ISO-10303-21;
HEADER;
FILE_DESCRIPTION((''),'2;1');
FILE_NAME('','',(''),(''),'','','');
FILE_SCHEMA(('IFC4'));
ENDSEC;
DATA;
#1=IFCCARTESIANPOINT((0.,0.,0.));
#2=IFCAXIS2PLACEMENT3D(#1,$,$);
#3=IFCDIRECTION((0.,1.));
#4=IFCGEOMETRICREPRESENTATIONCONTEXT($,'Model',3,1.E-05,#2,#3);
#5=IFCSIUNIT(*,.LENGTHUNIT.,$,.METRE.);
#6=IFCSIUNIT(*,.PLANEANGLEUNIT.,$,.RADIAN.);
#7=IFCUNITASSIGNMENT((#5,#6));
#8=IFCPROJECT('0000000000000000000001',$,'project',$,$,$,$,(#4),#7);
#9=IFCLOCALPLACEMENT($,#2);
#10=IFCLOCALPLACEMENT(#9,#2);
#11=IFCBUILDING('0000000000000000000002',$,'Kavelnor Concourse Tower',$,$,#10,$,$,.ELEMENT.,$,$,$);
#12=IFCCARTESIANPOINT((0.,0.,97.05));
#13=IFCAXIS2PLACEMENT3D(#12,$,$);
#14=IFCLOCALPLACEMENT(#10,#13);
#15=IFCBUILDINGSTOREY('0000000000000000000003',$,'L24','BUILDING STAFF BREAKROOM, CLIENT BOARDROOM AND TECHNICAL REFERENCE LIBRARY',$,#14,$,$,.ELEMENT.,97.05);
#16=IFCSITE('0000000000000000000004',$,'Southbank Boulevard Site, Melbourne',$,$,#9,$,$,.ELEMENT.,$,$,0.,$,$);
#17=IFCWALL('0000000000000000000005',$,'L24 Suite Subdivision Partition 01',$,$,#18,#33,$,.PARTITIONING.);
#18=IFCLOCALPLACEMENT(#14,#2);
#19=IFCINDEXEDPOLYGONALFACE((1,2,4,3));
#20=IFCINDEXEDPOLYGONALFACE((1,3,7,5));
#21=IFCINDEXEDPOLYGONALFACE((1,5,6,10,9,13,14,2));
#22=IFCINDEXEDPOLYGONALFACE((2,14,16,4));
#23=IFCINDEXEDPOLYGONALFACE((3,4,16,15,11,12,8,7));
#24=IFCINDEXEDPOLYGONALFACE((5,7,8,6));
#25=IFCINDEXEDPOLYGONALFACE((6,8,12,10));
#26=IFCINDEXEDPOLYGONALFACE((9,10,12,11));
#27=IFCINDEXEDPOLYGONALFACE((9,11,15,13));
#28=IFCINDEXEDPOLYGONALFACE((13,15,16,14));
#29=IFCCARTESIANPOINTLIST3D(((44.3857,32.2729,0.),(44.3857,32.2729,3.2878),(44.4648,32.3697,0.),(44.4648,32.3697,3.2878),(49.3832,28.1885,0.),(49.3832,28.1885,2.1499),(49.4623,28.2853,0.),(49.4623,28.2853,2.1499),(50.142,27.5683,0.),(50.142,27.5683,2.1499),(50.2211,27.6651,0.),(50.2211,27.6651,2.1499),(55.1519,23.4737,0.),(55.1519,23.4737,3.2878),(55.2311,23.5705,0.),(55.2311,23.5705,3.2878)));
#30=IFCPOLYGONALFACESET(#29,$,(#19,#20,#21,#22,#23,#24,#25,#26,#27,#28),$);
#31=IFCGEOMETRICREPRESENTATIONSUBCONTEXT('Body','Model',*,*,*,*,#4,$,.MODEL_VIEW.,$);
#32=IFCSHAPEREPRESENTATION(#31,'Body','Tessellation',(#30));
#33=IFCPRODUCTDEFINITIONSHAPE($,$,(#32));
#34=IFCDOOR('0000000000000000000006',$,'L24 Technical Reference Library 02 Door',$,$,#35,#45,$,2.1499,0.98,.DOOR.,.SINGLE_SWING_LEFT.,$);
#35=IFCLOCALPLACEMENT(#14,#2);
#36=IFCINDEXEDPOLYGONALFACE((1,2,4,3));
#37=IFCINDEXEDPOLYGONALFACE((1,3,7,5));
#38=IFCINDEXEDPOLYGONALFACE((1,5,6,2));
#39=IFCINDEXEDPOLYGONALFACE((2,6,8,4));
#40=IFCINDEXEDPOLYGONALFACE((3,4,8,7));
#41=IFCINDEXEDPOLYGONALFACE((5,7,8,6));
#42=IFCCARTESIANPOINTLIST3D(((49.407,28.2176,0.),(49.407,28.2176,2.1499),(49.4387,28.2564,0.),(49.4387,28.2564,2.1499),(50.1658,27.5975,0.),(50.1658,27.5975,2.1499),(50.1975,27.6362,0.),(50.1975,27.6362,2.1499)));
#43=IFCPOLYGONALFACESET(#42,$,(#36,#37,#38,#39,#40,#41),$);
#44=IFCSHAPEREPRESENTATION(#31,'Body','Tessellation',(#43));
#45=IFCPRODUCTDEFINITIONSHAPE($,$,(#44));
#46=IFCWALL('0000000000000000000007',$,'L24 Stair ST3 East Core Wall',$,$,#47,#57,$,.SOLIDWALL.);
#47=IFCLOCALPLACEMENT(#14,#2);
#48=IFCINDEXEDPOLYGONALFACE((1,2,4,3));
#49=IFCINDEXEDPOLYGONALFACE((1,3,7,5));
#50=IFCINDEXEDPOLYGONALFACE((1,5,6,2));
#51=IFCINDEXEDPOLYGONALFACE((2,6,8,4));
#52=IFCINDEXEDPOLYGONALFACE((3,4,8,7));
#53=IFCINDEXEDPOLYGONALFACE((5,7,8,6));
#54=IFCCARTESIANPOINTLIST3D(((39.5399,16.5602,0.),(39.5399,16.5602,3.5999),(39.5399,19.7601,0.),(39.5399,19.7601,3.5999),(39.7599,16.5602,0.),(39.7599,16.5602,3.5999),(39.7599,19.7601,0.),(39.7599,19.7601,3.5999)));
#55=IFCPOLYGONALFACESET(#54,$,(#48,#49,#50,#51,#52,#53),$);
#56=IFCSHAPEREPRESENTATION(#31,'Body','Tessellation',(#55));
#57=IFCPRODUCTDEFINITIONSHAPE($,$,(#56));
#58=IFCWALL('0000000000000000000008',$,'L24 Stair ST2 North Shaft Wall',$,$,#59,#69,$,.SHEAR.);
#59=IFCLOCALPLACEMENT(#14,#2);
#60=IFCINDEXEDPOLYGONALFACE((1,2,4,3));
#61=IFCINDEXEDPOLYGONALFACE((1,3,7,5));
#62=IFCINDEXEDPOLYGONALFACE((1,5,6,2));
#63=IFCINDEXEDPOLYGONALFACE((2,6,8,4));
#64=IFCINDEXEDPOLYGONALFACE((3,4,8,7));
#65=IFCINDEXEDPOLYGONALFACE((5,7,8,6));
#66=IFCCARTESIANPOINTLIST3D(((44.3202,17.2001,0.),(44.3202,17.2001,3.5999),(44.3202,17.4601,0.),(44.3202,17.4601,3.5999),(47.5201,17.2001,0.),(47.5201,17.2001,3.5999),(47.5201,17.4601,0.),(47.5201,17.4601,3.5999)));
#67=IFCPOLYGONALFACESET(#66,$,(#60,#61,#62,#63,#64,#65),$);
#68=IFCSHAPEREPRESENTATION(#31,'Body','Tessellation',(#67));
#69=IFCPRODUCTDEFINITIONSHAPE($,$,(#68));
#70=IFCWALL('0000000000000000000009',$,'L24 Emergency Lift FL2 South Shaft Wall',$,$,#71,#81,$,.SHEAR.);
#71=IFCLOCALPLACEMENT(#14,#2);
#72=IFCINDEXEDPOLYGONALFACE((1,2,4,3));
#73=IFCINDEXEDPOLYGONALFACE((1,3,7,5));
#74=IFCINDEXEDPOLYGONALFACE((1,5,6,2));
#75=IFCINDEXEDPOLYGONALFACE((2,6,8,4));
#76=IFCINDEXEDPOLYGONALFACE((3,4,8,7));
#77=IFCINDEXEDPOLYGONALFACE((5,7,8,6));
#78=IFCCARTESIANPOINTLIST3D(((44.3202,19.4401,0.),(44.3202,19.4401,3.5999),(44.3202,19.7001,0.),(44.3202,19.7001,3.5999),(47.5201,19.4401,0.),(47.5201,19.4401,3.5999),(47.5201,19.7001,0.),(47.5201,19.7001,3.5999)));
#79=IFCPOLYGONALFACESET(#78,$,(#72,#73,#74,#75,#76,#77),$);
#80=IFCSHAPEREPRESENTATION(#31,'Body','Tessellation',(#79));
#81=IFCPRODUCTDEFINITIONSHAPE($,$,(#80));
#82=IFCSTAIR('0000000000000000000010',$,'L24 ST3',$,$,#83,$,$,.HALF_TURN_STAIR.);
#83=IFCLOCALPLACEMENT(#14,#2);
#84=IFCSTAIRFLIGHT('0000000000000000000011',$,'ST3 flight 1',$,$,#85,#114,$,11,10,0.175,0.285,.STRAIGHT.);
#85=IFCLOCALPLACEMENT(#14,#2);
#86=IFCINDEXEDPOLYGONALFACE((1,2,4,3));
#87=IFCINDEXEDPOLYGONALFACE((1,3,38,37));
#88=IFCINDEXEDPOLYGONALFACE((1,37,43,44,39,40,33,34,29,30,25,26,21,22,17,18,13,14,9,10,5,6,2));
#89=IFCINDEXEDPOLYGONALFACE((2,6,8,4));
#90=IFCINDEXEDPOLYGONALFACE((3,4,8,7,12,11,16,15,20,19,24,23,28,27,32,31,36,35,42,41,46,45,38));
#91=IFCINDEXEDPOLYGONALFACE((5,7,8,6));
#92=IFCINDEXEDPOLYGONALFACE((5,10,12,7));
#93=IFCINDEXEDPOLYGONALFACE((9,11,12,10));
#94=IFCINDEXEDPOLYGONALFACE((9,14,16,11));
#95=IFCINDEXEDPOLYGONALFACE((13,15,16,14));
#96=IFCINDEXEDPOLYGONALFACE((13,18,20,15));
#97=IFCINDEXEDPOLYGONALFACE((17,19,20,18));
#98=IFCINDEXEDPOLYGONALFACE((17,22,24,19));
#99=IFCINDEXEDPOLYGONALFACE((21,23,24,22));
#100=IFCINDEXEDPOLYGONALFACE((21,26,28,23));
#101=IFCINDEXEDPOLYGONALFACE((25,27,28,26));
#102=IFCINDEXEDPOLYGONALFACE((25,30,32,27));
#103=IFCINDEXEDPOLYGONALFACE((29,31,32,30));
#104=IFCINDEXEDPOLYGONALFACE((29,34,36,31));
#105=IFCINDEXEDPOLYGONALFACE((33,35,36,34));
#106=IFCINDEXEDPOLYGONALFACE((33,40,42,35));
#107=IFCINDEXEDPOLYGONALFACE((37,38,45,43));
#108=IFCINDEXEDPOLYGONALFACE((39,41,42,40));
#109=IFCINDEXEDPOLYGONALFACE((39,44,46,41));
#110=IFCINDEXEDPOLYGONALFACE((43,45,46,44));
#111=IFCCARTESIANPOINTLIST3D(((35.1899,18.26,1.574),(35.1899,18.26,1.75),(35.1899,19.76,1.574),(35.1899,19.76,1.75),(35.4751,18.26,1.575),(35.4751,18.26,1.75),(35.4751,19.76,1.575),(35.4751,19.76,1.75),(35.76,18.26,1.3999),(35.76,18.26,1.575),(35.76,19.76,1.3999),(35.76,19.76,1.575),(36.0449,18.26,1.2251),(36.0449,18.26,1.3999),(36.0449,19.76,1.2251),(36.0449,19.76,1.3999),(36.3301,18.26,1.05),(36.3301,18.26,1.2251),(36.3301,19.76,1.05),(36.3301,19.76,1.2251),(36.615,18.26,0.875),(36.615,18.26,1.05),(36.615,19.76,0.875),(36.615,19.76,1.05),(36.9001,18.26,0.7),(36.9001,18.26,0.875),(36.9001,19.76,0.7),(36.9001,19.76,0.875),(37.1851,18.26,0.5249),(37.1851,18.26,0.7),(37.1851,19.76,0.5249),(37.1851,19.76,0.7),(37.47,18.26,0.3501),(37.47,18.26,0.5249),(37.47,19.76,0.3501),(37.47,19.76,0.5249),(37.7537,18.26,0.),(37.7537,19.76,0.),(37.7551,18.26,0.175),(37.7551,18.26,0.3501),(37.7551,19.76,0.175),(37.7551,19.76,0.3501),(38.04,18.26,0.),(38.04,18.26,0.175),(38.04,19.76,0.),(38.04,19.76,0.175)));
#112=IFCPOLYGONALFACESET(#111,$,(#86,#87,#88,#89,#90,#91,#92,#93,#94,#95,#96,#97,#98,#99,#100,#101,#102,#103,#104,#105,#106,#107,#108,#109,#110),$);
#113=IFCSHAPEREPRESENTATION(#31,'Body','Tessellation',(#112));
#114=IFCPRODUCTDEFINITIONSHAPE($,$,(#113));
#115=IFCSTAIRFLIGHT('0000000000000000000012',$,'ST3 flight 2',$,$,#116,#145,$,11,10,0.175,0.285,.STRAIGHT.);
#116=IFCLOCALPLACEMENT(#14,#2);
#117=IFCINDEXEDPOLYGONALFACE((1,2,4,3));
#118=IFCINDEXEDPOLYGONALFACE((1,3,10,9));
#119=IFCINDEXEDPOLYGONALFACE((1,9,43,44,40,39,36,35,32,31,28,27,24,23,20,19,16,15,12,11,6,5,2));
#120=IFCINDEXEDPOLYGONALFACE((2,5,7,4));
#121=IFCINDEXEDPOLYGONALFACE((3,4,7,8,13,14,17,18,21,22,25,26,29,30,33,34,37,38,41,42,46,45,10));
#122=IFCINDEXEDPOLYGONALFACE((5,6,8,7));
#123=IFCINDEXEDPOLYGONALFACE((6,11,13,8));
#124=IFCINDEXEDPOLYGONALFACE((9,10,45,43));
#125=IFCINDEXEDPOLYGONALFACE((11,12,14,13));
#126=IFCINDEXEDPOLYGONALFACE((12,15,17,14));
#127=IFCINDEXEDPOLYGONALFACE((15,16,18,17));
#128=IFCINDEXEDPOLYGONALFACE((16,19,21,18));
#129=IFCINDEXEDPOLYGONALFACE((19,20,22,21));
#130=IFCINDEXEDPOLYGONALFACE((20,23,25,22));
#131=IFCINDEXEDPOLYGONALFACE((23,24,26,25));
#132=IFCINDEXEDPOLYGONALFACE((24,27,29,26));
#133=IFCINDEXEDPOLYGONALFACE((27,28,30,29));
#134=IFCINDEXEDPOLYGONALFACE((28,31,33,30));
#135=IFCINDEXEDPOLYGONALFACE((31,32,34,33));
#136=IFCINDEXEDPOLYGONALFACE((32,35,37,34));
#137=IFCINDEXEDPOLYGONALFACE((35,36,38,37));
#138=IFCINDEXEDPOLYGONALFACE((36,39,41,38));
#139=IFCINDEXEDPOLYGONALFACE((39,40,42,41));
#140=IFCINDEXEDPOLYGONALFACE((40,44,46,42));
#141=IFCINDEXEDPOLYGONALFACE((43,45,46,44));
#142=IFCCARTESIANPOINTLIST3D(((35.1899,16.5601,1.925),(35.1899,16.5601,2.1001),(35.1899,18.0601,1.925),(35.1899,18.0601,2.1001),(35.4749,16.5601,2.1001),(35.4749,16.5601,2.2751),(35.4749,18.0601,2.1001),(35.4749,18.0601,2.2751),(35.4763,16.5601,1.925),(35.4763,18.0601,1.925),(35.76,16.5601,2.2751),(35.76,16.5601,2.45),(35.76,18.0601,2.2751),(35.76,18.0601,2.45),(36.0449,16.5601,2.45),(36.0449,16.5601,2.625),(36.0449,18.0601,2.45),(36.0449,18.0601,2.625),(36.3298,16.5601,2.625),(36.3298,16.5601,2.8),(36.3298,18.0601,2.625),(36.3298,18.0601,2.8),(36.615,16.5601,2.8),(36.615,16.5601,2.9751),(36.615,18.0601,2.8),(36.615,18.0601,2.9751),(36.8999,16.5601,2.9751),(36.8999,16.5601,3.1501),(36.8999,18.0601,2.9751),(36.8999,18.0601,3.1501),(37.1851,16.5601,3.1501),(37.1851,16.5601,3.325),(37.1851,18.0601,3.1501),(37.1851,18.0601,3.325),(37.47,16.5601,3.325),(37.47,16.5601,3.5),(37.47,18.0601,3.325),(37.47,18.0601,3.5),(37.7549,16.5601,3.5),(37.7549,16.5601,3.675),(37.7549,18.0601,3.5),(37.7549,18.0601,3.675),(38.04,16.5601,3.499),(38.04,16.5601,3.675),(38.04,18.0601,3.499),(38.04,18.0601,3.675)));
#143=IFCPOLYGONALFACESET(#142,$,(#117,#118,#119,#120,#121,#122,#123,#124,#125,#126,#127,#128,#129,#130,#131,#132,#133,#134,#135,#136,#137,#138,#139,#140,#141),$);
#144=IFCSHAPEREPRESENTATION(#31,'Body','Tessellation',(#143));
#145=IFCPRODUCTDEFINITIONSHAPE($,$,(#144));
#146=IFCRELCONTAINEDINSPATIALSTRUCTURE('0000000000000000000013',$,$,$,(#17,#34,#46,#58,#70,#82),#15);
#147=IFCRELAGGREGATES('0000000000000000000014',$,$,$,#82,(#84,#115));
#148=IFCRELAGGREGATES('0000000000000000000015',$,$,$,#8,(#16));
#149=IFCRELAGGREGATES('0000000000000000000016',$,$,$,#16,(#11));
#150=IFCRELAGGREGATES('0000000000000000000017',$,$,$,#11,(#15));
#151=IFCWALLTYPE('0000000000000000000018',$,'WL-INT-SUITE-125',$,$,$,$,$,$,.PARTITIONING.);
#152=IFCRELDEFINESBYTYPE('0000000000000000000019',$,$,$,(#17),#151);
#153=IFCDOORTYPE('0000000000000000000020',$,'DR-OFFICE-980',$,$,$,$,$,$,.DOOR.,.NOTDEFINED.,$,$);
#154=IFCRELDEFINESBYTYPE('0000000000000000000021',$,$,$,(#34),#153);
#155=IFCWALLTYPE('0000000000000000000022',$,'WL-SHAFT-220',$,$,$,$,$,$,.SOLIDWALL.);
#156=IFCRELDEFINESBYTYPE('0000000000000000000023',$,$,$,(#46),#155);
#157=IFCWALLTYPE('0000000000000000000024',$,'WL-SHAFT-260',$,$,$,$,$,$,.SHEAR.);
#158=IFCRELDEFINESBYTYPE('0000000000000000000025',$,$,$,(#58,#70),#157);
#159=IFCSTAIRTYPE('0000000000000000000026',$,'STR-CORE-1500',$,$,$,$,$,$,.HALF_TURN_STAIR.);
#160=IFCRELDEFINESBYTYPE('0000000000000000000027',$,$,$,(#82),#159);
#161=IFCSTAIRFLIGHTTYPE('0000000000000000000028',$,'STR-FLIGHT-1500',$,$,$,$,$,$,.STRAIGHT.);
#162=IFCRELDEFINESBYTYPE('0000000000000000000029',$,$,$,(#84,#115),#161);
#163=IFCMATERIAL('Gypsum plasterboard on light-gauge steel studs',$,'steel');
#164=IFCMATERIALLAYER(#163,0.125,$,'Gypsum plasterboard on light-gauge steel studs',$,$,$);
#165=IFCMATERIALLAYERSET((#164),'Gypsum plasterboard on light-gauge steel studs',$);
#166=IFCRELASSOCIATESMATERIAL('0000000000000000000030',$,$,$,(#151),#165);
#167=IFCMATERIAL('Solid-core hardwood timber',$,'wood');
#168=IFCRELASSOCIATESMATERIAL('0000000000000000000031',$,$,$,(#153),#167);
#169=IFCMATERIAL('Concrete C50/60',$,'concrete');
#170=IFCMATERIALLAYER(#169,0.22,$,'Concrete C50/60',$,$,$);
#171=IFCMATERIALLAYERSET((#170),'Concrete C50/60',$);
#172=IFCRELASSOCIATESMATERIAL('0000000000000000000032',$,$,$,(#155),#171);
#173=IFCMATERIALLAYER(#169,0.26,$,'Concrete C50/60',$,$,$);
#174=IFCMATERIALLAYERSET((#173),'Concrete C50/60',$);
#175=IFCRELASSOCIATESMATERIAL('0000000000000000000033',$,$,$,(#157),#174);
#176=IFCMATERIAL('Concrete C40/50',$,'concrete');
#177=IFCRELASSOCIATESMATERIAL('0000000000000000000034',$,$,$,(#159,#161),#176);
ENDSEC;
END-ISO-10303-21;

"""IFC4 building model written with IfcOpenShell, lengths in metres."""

from ifc_helpers import new_model, si_unit, direction, frame, frame_2d, origin, place, context, subcontext, project, spatial, polyline, rectangle, outline, extrude, material, layer, layer_set, type_object, element, fill, aggregate, save


model = new_model("IFC4")

# Units and contexts
model_context = context("Model", 3, precision=1e-05, world=origin(), true_north=direction((0.0, 1.0)))
body_context = subcontext(model_context, "Body", "Model", "MODEL_VIEW")
ifc_project = project(units=[si_unit("LENGTHUNIT", "METRE"), si_unit("PLANEANGLEUNIT", "RADIAN")], contexts=[model_context])

# Site, building, storey
site_placement = place(None, origin())
site = spatial("IfcSite", under=ifc_project, at=site_placement, Name="Southbank Boulevard Site, Melbourne", CompositionType="ELEMENT", RefElevation=0.0)
building_placement = place(site_placement, origin())
building = spatial("IfcBuilding", under=site, at=building_placement, Name="Kavelnor Concourse Tower", CompositionType="ELEMENT")
storey_placement = place(building_placement, frame((0.0, 0.0, 97.05)))
storey = spatial("IfcBuildingStorey", under=building, at=storey_placement, Name="L24", Description="BUILDING STAFF BREAKROOM, CLIENT BOARDROOM AND TECHNICAL REFERENCE LIBRARY", CompositionType="ELEMENT", Elevation=97.05)

# Shared definitions
ifc_material_1 = material(Name="Gypsum plasterboard on light-gauge steel studs", Category="steel")
ifc_layer_1 = layer(ifc_material_1, 0.125, Name="Gypsum plasterboard on light-gauge steel studs")
ifc_layer_set_1 = layer_set([ifc_layer_1], Name="Gypsum plasterboard on light-gauge steel studs")
wall_type_1 = type_object("IfcWallType", Name="WL-INT-SUITE-125", PredefinedType="PARTITIONING", material=ifc_layer_set_1)

# Wall, opening, door
wall_1_placement = place(storey_placement, frame((55.1914, 23.5222, 0.0), z_axis=(0.0, 0.0, 1.0), x_axis=(-0.774294, 0.632826, 0.0)))
wall_1 = element("IfcWall", 1, at=wall_1_placement, inside=storey, type_object=wall_type_1, Name="L24 Suite Subdivision Partition 01", PredefinedType="PARTITIONING", context=body_context, shape_type="SweptSolid", body=[
    extrude(rectangle(XDim=13.9045, YDim=0.125, at=frame_2d((6.9521, 0.0))), origin(), (0.0, 0.0, 1.0), 3.2878),
])
opening_placement = place(wall_1_placement, frame((6.4702, 0.0, 0.0)))
opening = element("IfcOpeningElement", 2, at=opening_placement, cuts=wall_1, PredefinedType="OPENING", context=body_context, shape_type="SweptSolid", body=[
    extrude(rectangle(XDim=0.98, YDim=2.1499, at=frame_2d((0.49, 1.075))), frame((0.0, 0.0725, 0.0), z_axis=(0.0, -1.0, 0.0), x_axis=(1.0, 0.0, 0.0)), (0.0, 0.0, 1.0), 0.145),
])
ifc_material_2 = material(Name="Solid-core hardwood timber", Category="wood")
door_type = type_object("IfcDoorType", Name="DR-OFFICE-980", OperationType="NOTDEFINED", PredefinedType="DOOR", material=ifc_material_2)
door_placement = place(opening_placement, origin())
door = element("IfcDoor", 3, at=door_placement, inside=storey, type_object=door_type, Name="L24 Technical Reference Library 02 Door", OperationType="SINGLE_SWING_LEFT", OverallHeight=2.1499, OverallWidth=0.98, PredefinedType="DOOR", context=body_context, shape_type="SweptSolid", body=[
    extrude(rectangle(XDim=0.98, YDim=2.1499, at=frame_2d((0.49, 1.075))), frame((0.0, 0.0249, 0.0), z_axis=(0.0, -1.0, 0.0), x_axis=(1.0, 0.0, 0.0)), (0.0, 0.0, 1.0), 0.05),
])
fill(opening, door)

# Walls
ifc_material_3 = material(Name="Concrete C50/60", Category="concrete")
ifc_layer_2 = layer(ifc_material_3, 0.22, Name="Concrete C50/60")
ifc_layer_set_2 = layer_set([ifc_layer_2], Name="Concrete C50/60")
wall_type_2 = type_object("IfcWallType", Name="WL-SHAFT-220", PredefinedType="SOLIDWALL", material=ifc_layer_set_2)
wall_2_placement = place(storey_placement, frame((39.6499, 16.5601, 0.0), z_axis=(0.0, 0.0, 1.0), x_axis=(0.0, 1.0, 0.0)))
element("IfcWall", 4, at=wall_2_placement, inside=storey, type_object=wall_type_2, Name="L24 Stair ST3 East Core Wall", PredefinedType="SOLIDWALL", context=body_context, shape_type="SweptSolid", body=[
    extrude(rectangle(XDim=3.2, YDim=0.22, at=frame_2d((1.6001, 0.0))), origin(), (0.0, 0.0, 1.0), 3.5999),
])
ifc_layer_3 = layer(ifc_material_3, 0.26, Name="Concrete C50/60")
ifc_layer_set_3 = layer_set([ifc_layer_3], Name="Concrete C50/60")
wall_type_3 = type_object("IfcWallType", Name="WL-SHAFT-260", PredefinedType="SHEAR", material=ifc_layer_set_3)
for number, where, z_axis, x_axis, name in (
    (5, (44.3201, 17.3301, 0.0), (0.0, 0.0, 1.0), (1.0, 0.0, 0.0), "L24 Stair ST2 North Shaft Wall"),
    (6, (44.3201, 19.5701, 0.0), (0.0, 0.0, 1.0), (1.0, 0.0, 0.0), "L24 Emergency Lift FL2 South Shaft Wall"),
):
    element("IfcWall", number, at=place(storey_placement, frame(where, z_axis=z_axis, x_axis=x_axis)), inside=storey, type_object=wall_type_3, Name=name, PredefinedType="SHEAR", context=body_context, shape_type="SweptSolid", body=[
        extrude(rectangle(XDim=3.2, YDim=0.26, at=frame_2d((1.6001, 0.0))), origin(), (0.0, 0.0, 1.0), 3.5999),
    ])

# Stair, stair flights
ifc_material_4 = material(Name="Concrete C40/50", Category="concrete")
stair_type = type_object("IfcStairType", Name="STR-CORE-1500", PredefinedType="HALF_TURN_STAIR", material=ifc_material_4)
stair_placement = place(storey_placement, origin())
stair = element("IfcStair", 7, at=stair_placement, inside=storey, type_object=stair_type, Name="L24 ST3", PredefinedType="HALF_TURN_STAIR")
stair_flight_type = type_object("IfcStairFlightType", Name="STR-FLIGHT-1500", PredefinedType="STRAIGHT", material=ifc_material_4)
stair_flight_1_placement = place(storey_placement, frame((38.04, 19.01, 0.0), z_axis=(0.0, 0.0, 1.0), x_axis=(-1.0, 0.0, 0.0)))
stair_flight_1 = element("IfcStairFlight", 8, at=stair_flight_1_placement, type_object=stair_flight_type, Name="ST3 flight 1", NumberOfRisers=11, NumberOfTreads=10, PredefinedType="STRAIGHT", RiserHeight=0.175, TreadLength=0.285, context=body_context, shape_type="SweptSolid", body=[
    extrude(outline(polyline([(0.0, 0.0), (0.0, 0.175), (0.2849, 0.175), (0.2849, 0.3501), (0.5701, 0.3501), (0.5701, 0.5249), (0.855, 0.5249), (0.855, 0.7), (1.1399, 0.7), (1.1399, 0.875), (1.425, 0.875), (1.425, 1.05), (1.71, 1.05), (1.71, 1.2251), (1.9951, 1.2251), (1.9951, 1.3999), (2.28, 1.3999), (2.28, 1.575), (2.5649, 1.575), (2.5649, 1.75), (2.8501, 1.75), (2.8501, 1.925), (2.8501, 1.574), (0.2864, 0.0), (0.0, 0.0)])), frame((0.0, 0.75, 0.0), z_axis=(0.0, -1.0, 0.0), x_axis=(1.0, 0.0, 0.0)), (0.0, 0.0, 1.0), 1.5),
])
stair_flight_2_placement = place(storey_placement, frame((35.1899, 17.3101, 1.925), z_axis=(0.0, 0.0, 1.0), x_axis=(1.0, 0.0, 0.0)))
stair_flight_2 = element("IfcStairFlight", 9, at=stair_flight_2_placement, type_object=stair_flight_type, Name="ST3 flight 2", NumberOfRisers=11, NumberOfTreads=10, PredefinedType="STRAIGHT", RiserHeight=0.175, TreadLength=0.285, context=body_context, shape_type="SweptSolid", body=[
    extrude(outline(polyline([(0.0, 0.0), (0.0, 0.175), (0.2849, 0.175), (0.2849, 0.3501), (0.5701, 0.3501), (0.5701, 0.5249), (0.855, 0.5249), (0.855, 0.7), (1.1399, 0.7), (1.1399, 0.875), (1.425, 0.875), (1.425, 1.05), (1.71, 1.05), (1.71, 1.2251), (1.9951, 1.2251), (1.9951, 1.3999), (2.28, 1.3999), (2.28, 1.575), (2.5649, 1.575), (2.5649, 1.75), (2.8501, 1.75), (2.8501, 1.925), (2.8501, 1.574), (0.2864, 0.0), (0.0, 0.0)])), frame((0.0, 0.75, 0.0), z_axis=(0.0, -1.0, 0.0), x_axis=(1.0, 0.0, 0.0)), (0.0, 0.0, 1.0), 1.5),
])
aggregate(stair, [stair_flight_1, stair_flight_2])

save(model, "model.ifc")
